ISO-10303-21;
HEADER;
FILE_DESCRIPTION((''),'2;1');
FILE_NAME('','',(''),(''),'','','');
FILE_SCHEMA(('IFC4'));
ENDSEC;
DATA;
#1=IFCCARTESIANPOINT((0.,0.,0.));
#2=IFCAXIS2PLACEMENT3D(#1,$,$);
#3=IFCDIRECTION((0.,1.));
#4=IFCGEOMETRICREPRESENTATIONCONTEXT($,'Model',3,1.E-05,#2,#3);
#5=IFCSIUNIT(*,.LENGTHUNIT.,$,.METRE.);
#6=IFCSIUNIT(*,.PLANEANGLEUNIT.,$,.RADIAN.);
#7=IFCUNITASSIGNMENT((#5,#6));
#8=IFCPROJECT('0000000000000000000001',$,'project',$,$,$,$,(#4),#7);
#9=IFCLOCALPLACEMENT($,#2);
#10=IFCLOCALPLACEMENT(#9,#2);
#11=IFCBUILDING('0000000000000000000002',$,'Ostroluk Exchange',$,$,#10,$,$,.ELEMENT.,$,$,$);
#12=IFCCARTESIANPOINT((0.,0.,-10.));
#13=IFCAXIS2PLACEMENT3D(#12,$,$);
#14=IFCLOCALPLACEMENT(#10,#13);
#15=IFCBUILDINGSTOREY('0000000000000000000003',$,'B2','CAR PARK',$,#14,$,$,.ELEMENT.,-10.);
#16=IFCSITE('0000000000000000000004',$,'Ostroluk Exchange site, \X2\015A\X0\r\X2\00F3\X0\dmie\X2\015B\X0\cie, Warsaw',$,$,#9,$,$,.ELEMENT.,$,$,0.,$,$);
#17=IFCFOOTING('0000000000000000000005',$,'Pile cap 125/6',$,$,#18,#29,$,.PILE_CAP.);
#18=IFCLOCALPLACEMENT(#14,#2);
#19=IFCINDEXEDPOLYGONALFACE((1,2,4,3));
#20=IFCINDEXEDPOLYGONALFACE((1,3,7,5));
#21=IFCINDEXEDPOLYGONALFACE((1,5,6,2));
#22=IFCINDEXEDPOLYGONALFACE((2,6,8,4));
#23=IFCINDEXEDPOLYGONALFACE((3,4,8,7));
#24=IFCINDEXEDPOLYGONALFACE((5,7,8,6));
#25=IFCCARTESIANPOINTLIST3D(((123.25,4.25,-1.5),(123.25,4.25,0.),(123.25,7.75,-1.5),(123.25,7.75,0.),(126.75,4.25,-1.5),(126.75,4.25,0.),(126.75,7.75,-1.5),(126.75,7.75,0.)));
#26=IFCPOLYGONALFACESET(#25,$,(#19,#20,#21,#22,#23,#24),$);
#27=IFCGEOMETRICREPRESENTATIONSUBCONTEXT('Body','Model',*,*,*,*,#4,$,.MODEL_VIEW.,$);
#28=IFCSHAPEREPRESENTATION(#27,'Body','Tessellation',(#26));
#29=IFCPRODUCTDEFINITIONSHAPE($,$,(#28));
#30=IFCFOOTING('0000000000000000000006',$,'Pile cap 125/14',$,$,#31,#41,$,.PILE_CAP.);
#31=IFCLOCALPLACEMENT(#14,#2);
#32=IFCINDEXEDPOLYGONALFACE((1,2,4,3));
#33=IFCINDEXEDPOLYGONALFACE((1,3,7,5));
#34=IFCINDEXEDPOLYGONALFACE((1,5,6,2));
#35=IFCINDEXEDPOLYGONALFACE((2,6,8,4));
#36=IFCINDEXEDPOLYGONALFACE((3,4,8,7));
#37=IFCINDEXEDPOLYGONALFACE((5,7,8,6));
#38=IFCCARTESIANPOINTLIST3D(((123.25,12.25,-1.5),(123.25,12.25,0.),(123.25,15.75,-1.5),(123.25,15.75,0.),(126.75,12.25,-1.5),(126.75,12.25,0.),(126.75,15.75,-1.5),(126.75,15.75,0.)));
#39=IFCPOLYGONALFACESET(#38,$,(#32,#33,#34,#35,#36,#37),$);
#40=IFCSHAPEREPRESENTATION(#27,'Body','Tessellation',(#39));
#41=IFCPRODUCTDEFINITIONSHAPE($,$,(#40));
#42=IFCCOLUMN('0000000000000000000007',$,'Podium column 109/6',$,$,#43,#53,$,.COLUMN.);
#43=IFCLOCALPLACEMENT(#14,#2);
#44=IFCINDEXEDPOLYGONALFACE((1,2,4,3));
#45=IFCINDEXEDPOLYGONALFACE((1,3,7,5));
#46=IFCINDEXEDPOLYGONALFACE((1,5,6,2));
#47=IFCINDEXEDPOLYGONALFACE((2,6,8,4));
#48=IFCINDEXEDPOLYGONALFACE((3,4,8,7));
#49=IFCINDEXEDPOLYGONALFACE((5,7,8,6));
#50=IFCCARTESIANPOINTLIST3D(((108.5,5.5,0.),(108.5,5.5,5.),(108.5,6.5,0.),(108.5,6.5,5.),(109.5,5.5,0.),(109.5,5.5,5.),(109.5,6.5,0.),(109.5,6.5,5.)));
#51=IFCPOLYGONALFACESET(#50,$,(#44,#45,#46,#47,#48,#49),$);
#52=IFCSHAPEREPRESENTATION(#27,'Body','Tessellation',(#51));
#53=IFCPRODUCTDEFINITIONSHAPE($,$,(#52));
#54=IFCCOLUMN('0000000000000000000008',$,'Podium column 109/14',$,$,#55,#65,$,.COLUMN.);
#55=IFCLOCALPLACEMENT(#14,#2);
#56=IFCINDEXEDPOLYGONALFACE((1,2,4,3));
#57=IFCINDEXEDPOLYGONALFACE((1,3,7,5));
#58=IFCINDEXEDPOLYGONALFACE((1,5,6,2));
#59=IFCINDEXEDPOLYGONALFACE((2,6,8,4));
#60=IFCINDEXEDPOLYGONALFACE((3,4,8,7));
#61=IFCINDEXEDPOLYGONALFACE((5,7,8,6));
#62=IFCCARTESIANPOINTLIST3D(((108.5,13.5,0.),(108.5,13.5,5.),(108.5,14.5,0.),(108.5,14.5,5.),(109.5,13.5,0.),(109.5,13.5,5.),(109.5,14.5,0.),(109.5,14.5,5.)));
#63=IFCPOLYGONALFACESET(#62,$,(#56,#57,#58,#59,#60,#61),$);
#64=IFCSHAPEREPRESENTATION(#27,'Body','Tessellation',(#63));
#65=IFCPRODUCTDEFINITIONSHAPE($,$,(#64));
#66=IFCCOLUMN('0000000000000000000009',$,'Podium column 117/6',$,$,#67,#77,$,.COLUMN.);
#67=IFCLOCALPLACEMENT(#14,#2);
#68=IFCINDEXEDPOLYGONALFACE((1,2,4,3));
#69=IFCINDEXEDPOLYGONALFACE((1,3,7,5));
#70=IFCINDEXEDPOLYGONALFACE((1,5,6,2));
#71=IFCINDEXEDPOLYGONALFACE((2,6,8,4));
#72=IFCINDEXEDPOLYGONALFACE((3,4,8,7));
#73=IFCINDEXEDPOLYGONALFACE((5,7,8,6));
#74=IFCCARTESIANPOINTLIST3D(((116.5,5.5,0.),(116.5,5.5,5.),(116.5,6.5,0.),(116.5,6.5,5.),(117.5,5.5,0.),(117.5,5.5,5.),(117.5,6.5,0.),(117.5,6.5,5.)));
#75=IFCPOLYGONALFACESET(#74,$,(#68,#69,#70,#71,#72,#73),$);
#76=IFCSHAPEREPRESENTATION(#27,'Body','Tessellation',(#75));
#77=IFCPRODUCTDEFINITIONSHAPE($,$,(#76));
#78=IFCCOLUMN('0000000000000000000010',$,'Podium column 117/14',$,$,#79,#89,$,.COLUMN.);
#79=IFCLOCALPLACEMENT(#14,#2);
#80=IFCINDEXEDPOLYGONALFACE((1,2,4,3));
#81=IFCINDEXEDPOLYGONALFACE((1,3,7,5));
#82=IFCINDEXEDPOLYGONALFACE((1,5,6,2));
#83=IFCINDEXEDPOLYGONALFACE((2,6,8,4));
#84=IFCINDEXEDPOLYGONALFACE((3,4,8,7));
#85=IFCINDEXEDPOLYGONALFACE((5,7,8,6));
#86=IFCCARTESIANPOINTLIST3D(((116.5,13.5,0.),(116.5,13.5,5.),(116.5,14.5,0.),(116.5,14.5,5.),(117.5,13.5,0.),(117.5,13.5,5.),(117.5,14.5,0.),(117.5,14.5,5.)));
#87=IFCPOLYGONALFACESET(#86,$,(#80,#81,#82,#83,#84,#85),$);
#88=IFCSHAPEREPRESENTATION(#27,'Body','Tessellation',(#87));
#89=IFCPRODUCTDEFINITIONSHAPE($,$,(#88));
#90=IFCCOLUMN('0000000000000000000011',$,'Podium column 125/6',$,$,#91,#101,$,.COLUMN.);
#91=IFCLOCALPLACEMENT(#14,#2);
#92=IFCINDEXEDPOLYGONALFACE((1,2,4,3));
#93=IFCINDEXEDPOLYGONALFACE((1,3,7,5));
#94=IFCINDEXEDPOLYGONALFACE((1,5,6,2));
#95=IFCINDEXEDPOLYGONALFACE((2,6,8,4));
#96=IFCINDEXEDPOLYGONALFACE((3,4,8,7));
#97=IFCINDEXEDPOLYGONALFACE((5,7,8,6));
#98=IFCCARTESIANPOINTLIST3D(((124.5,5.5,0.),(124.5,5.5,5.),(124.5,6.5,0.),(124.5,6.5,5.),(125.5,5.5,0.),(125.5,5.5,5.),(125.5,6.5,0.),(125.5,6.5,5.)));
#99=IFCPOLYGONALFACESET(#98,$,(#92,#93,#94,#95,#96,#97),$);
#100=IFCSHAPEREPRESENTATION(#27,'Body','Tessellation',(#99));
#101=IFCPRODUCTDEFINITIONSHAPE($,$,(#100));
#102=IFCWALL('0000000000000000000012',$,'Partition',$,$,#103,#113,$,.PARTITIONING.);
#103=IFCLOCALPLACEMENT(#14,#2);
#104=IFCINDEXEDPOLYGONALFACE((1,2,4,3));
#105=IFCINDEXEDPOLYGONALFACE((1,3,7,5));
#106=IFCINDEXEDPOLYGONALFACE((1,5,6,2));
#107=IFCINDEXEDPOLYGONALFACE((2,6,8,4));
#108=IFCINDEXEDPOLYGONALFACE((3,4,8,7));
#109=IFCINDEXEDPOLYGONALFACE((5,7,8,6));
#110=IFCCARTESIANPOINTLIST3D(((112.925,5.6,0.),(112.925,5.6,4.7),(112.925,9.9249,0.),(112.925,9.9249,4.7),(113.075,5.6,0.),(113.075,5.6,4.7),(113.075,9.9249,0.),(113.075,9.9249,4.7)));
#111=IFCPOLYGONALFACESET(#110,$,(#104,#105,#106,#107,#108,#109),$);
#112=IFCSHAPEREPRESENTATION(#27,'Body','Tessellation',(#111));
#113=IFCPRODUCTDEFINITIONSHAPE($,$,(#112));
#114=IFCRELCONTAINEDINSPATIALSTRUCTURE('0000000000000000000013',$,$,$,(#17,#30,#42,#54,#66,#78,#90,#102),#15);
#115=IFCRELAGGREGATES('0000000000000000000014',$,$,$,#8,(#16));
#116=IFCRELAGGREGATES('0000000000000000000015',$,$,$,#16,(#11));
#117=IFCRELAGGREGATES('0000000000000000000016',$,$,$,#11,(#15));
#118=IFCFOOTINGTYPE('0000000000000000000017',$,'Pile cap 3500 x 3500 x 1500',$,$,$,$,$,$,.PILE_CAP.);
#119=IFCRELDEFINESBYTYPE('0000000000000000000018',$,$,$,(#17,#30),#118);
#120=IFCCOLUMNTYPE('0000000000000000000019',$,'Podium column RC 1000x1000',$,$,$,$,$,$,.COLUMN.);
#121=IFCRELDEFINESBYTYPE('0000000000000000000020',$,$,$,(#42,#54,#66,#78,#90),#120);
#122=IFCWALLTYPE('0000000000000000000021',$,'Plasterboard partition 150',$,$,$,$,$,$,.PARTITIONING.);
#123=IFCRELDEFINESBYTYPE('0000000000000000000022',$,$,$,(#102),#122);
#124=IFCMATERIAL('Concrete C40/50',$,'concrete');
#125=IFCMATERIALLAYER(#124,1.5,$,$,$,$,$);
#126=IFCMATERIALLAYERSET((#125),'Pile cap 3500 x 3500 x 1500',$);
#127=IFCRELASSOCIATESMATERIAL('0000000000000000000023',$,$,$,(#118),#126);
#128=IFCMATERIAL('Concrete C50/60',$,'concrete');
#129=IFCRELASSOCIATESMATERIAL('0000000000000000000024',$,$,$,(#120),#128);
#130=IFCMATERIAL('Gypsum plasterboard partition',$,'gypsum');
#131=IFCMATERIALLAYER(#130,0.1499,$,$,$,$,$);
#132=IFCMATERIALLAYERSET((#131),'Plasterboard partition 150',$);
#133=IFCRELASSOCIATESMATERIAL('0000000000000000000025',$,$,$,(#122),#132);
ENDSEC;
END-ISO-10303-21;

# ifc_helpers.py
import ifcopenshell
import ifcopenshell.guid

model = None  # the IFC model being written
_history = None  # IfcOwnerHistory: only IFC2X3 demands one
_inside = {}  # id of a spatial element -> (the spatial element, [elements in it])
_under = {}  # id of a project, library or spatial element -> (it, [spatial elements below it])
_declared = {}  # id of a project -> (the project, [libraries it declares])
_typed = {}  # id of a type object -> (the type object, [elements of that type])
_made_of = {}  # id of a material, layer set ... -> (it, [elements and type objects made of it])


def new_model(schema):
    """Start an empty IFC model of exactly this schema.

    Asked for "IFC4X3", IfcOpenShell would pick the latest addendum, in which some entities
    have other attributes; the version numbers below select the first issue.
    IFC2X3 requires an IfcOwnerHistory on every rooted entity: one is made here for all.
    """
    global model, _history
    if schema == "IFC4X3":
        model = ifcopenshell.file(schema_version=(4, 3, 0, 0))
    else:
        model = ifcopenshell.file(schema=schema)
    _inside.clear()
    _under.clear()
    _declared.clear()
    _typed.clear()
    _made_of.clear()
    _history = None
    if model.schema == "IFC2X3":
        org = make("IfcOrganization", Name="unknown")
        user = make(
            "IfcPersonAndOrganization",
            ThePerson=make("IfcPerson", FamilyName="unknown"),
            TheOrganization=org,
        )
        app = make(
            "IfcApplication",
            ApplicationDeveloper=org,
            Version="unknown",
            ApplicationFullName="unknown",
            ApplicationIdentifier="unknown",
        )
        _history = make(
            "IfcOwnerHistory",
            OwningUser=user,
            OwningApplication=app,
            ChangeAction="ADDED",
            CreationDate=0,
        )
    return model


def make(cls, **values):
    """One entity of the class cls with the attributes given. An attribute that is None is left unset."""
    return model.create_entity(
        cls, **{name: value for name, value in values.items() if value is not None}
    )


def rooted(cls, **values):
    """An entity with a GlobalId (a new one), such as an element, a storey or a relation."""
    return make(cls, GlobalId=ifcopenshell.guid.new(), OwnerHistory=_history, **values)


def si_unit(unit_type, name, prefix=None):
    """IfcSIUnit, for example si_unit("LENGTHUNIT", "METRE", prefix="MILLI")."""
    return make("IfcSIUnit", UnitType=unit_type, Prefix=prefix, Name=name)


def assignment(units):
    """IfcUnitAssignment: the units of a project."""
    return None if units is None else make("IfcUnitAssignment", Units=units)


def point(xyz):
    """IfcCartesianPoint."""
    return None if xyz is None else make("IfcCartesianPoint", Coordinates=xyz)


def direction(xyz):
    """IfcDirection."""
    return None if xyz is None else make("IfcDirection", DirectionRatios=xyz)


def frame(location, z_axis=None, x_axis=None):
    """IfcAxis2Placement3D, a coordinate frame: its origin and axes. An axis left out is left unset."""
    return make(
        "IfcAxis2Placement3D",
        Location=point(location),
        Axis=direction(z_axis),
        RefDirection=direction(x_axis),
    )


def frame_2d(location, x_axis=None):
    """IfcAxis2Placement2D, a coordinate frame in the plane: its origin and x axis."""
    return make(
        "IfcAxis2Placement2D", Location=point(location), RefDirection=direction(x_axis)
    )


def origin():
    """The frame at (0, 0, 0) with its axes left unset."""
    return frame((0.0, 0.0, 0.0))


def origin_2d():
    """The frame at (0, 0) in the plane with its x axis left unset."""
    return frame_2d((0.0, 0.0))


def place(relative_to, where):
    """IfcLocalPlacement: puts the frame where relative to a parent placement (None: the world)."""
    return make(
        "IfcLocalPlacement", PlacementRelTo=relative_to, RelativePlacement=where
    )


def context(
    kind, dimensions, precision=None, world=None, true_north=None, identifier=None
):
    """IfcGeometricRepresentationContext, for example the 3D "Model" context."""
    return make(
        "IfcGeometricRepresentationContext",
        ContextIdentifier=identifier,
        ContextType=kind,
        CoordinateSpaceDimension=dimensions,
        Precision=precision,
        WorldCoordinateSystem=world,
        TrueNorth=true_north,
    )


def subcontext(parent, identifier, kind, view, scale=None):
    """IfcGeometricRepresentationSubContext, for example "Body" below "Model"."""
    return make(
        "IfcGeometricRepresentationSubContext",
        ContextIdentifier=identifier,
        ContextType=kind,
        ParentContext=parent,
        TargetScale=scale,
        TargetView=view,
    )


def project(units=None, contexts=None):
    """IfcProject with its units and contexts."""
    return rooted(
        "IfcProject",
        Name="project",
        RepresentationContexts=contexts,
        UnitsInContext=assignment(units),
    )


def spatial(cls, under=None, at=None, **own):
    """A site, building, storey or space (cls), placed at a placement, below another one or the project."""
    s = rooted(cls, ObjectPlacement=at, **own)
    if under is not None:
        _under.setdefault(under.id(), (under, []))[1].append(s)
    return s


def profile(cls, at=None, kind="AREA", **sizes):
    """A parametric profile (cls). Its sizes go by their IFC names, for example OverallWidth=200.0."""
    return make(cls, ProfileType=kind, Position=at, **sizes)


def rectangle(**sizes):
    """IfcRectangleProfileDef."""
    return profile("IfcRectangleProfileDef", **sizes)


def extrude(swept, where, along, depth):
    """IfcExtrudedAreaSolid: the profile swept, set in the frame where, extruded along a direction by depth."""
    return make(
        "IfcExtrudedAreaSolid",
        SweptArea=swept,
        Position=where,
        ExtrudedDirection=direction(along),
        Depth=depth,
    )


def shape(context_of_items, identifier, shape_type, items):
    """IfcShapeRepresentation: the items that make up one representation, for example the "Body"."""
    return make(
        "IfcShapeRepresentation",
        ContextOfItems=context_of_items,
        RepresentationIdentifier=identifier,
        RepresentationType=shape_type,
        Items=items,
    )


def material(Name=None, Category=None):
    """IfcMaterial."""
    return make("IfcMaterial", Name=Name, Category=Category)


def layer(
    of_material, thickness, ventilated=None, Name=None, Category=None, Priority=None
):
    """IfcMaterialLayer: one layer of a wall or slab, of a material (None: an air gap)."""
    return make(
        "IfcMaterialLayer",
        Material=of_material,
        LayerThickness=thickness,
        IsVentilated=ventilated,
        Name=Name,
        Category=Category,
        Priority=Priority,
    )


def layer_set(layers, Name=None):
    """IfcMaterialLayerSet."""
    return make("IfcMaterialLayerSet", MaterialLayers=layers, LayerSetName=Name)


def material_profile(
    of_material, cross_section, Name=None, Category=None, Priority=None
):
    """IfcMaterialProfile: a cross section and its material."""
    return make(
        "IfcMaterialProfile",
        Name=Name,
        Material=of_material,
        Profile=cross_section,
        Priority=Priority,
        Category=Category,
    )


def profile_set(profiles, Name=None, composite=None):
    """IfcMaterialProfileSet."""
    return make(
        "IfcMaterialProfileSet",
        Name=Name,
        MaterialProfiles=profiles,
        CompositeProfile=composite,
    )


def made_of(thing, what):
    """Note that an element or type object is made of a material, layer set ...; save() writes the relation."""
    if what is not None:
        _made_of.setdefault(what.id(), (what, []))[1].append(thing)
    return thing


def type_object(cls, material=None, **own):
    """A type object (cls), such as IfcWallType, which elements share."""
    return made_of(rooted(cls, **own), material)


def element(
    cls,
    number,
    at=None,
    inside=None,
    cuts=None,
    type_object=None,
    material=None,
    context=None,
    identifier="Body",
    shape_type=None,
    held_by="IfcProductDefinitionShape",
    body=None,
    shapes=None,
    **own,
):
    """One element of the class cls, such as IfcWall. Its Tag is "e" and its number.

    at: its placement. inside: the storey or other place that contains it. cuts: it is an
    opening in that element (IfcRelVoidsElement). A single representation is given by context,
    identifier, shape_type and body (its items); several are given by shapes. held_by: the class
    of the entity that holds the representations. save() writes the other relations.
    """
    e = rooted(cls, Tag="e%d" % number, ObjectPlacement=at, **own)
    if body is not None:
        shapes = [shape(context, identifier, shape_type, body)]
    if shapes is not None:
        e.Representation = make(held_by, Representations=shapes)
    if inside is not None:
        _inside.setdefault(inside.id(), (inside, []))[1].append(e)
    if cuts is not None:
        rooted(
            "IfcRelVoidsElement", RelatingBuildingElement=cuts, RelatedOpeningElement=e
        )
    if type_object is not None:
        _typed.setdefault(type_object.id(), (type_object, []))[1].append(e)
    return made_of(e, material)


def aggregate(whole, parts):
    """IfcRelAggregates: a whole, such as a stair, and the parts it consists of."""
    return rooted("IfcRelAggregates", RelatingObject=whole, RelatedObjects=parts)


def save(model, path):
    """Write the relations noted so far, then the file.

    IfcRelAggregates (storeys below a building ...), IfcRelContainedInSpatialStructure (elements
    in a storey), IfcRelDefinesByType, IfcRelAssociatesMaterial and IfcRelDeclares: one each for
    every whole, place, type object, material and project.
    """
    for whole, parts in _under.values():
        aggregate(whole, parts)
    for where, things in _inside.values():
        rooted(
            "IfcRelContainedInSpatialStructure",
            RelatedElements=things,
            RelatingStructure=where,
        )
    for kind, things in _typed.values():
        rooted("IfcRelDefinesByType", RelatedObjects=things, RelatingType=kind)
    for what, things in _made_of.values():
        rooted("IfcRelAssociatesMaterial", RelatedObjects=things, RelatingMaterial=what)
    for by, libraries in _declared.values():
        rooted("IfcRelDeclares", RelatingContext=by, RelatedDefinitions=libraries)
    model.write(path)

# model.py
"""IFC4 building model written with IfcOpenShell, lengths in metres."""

from ifc_helpers import new_model, si_unit, direction, frame, frame_2d, origin, origin_2d, place, context, subcontext, project, spatial, rectangle, extrude, material, layer, layer_set, material_profile, profile_set, type_object, element, save


model = new_model("IFC4")

# Units and contexts
model_context = context("Model", 3, precision=1e-05, world=origin(), true_north=direction((0.0, 1.0)))
body_context = subcontext(model_context, "Body", "Model", "MODEL_VIEW")
ifc_project = project(units=[si_unit("LENGTHUNIT", "METRE"), si_unit("PLANEANGLEUNIT", "RADIAN")], contexts=[model_context])

# Site, building, storey
site_placement = place(None, origin())
site = spatial("IfcSite", under=ifc_project, at=site_placement, Name="Ostroluk Exchange site, Śródmieście, Warsaw", CompositionType="ELEMENT", RefElevation=0.0)
building_placement = place(site_placement, origin())
building = spatial("IfcBuilding", under=site, at=building_placement, Name="Ostroluk Exchange", CompositionType="ELEMENT")
storey_placement = place(building_placement, frame((0.0, 0.0, -10.0)))
storey = spatial("IfcBuildingStorey", under=building, at=storey_placement, Name="B2", Description="CAR PARK", CompositionType="ELEMENT", Elevation=-10.0)

# Footings
ifc_material_1 = material(Name="Concrete C40/50", Category="concrete")
ifc_layer_1 = layer(ifc_material_1, 1.5)
ifc_layer_set_1 = layer_set([ifc_layer_1], Name="Pile cap 3500 x 3500 x 1500")
footing_type = type_object("IfcFootingType", Name="Pile cap 3500 x 3500 x 1500", PredefinedType="PILE_CAP", material=ifc_layer_set_1)
for number, where, z_axis, x_axis, name in (
    (1, (125.0, 6.0, -1.5), (0.0, 0.0, 1.0), (1.0, 0.0, 0.0), "Pile cap 125/6"),
    (2, (125.0, 14.0, -1.5), (0.0, 0.0, 1.0), (1.0, 0.0, 0.0), "Pile cap 125/14"),
):
    element("IfcFooting", number, at=place(storey_placement, frame(where, z_axis=z_axis, x_axis=x_axis)), inside=storey, type_object=footing_type, Name=name, PredefinedType="PILE_CAP", context=body_context, shape_type="SweptSolid", body=[
        extrude(rectangle(XDim=3.5, YDim=3.5, at=origin_2d()), origin(), (0.0, 0.0, 1.0), 1.5),
    ])

# Columns
ifc_material_2 = material(Name="Concrete C50/60", Category="concrete")
ifc_material_profile = material_profile(ifc_material_2, rectangle(XDim=1.0, YDim=1.0, at=origin_2d()), Name="RC 1000x1000")
ifc_profile_set = profile_set([ifc_material_profile], Name="Concrete C50/60")
column_type = type_object("IfcColumnType", Name="Podium column RC 1000x1000", PredefinedType="COLUMN", material=ifc_profile_set)
for number, where, z_axis, x_axis, name in (
    (3, (109.0, 6.0, 0.0), (0.0, 0.0, 1.0), (1.0, 0.0, 0.0), "Podium column 109/6"),
    (4, (109.0, 14.0, 0.0), (0.0, 0.0, 1.0), (1.0, 0.0, 0.0), "Podium column 109/14"),
    (5, (117.0, 6.0, 0.0), (0.0, 0.0, 1.0), (1.0, 0.0, 0.0), "Podium column 117/6"),
    (6, (117.0, 14.0, 0.0), (0.0, 0.0, 1.0), (1.0, 0.0, 0.0), "Podium column 117/14"),
    (7, (125.0, 6.0, 0.0), (0.0, 0.0, 1.0), (1.0, 0.0, 0.0), "Podium column 125/6"),
):
    element("IfcColumn", number, at=place(storey_placement, frame(where, z_axis=z_axis, x_axis=x_axis)), inside=storey, type_object=column_type, Name=name, PredefinedType="COLUMN", context=body_context, shape_type="SweptSolid", body=[
        extrude(rectangle(XDim=1.0, YDim=1.0, at=origin_2d()), origin(), (0.0, 0.0, 1.0), 5.0),
    ])

# Wall
ifc_material_3 = material(Name="Gypsum plasterboard partition", Category="gypsum")
ifc_layer_2 = layer(ifc_material_3, 0.1499)
ifc_layer_set_2 = layer_set([ifc_layer_2], Name="Plasterboard partition 150")
wall_type = type_object("IfcWallType", Name="Plasterboard partition 150", PredefinedType="PARTITIONING", material=ifc_layer_set_2)
wall_placement = place(storey_placement, frame((113.0, 9.925, 0.0), z_axis=(0.0, 0.0, 1.0), x_axis=(0.0, -1.0, 0.0)))
element("IfcWall", 8, at=wall_placement, inside=storey, type_object=wall_type, Name="Partition", PredefinedType="PARTITIONING", context=body_context, shape_type="SweptSolid", body=[
    extrude(rectangle(XDim=4.325, YDim=0.1499, at=frame_2d((2.1626, 0.0))), origin(), (0.0, 0.0, 1.0), 4.7),
])

save(model, "model.ifc")
